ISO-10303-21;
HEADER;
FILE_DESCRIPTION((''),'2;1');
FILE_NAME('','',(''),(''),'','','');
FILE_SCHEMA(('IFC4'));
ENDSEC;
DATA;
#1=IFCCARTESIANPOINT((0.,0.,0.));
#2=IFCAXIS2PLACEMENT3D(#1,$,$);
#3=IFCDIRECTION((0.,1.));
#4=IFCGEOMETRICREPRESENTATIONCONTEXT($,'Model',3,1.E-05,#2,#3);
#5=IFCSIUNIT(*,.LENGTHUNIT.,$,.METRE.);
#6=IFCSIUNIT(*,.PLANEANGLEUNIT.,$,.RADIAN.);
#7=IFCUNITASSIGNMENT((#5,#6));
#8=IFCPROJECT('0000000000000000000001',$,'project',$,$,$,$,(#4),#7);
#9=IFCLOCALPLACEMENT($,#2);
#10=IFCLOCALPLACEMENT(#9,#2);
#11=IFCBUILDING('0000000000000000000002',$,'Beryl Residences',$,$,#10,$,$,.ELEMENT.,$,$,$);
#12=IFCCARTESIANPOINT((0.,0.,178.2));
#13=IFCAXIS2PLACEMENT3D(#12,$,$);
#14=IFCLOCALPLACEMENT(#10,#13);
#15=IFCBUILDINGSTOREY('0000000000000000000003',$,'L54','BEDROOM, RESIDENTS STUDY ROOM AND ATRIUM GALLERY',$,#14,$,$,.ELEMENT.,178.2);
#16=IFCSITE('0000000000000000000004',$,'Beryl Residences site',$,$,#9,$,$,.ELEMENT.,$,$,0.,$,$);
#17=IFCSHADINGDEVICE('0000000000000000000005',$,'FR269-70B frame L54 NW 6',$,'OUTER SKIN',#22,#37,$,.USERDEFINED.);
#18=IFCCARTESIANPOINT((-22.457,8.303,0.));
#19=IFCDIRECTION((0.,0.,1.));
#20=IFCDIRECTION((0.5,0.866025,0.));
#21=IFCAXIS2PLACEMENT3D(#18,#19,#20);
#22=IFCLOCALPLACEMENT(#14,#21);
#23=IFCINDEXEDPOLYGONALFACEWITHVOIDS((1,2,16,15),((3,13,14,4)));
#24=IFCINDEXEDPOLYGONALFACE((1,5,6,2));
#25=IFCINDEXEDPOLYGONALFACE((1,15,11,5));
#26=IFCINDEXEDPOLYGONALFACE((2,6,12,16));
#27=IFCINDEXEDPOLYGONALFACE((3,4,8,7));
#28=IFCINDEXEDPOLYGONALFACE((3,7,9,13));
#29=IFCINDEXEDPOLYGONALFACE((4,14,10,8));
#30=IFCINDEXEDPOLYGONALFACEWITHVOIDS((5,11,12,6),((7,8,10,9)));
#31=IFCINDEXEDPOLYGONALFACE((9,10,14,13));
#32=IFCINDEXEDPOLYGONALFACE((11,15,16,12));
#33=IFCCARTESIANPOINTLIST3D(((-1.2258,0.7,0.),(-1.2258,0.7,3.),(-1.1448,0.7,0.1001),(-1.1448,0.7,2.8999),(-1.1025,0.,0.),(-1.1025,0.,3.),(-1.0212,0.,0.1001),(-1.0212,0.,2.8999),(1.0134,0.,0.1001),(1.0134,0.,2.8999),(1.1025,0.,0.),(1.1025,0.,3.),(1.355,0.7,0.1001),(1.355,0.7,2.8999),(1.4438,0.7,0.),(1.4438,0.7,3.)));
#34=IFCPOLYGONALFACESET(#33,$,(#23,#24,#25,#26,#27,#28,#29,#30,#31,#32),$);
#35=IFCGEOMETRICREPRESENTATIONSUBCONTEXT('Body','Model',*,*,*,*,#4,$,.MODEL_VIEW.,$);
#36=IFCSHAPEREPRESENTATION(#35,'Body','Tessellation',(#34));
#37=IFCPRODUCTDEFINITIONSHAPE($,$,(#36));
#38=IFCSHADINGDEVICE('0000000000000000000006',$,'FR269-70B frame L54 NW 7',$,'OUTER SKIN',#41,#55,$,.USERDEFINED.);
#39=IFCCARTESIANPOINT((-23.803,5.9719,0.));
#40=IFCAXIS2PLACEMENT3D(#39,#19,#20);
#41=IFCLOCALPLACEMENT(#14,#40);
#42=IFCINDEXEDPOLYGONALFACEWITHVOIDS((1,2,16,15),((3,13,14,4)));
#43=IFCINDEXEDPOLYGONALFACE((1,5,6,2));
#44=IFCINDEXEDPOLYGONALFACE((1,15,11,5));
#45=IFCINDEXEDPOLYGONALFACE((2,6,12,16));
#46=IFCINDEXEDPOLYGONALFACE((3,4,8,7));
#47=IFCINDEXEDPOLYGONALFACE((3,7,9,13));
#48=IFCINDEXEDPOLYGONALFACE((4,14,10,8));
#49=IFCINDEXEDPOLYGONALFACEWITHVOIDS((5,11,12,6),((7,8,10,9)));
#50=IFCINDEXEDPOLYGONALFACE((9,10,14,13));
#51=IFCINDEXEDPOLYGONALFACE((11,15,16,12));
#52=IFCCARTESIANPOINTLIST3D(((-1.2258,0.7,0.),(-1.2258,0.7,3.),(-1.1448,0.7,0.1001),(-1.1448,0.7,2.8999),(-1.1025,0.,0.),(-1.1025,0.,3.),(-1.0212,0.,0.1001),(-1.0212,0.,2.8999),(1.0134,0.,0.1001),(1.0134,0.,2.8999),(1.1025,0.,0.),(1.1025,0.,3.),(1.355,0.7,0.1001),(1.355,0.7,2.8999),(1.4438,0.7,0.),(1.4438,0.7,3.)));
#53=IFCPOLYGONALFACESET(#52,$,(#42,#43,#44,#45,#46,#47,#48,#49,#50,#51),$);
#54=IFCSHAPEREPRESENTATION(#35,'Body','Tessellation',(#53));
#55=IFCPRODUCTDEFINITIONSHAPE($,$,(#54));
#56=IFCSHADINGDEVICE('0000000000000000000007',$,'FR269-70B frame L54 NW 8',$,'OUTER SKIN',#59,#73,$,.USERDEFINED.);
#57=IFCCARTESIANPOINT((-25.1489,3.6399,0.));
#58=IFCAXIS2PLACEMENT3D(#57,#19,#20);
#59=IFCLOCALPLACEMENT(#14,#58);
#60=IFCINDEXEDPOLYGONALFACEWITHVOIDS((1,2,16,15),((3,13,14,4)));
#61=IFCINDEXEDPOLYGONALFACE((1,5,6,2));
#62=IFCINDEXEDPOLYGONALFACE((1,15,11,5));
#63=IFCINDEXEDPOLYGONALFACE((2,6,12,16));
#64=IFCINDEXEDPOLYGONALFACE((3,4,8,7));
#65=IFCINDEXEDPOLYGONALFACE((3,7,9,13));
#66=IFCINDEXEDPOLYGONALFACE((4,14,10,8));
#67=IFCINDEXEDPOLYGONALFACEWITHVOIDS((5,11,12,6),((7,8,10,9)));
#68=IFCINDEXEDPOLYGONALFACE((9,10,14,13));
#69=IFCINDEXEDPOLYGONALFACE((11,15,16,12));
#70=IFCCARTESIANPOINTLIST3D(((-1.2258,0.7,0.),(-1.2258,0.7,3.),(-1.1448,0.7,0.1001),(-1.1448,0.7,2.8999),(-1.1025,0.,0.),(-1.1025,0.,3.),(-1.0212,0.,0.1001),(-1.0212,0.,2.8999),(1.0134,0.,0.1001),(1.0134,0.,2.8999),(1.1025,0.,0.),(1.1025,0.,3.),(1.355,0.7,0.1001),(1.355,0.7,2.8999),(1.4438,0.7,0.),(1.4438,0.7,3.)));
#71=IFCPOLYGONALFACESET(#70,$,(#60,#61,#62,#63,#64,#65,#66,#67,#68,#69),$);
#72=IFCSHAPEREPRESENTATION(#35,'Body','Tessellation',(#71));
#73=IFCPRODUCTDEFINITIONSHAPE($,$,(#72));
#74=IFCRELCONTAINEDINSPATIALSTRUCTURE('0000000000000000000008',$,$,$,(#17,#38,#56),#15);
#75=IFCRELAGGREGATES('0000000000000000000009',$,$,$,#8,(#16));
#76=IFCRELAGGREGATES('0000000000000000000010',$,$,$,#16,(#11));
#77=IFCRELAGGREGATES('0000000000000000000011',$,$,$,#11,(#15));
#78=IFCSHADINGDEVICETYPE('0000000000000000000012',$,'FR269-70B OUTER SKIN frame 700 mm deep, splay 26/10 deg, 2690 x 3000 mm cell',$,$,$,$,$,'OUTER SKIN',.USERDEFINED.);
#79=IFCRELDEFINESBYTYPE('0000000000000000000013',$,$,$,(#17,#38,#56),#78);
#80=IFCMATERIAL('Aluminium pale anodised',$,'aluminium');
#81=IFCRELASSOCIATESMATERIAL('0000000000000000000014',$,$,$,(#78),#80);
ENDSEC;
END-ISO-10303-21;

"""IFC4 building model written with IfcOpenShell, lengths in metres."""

from ifc_helpers import new_model, entity, si_unit, direction, frame, origin, place, context, subcontext, project, spatial, source, transform, mapped, material, type_object, type_shapes, element, save


model = new_model("IFC4")

# Units and contexts
model_context = context("Model", 3, precision=1e-05, world=origin(), true_north=direction((0.0, 1.0)))
body_context = subcontext(model_context, "Body", "Model", "MODEL_VIEW")
ifc_project = project(units=[si_unit("LENGTHUNIT", "METRE"), si_unit("PLANEANGLEUNIT", "RADIAN")], contexts=[model_context])

# Site, building, storey
site_placement = place(None, origin())
site = spatial("IfcSite", under=ifc_project, at=site_placement, Name="Beryl Residences site", CompositionType="ELEMENT", RefElevation=0.0)
building_placement = place(site_placement, origin())
building = spatial("IfcBuilding", under=site, at=building_placement, Name="Beryl Residences", CompositionType="ELEMENT")
storey_placement = place(building_placement, frame((0.0, 0.0, 178.2)))
storey = spatial("IfcBuildingStorey", under=building, at=storey_placement, Name="L54", Description="BEDROOM, RESIDENTS STUDY ROOM AND ATRIUM GALLERY", CompositionType="ELEMENT", Elevation=178.2)

# Shading devices
ifc_material_1 = material(Name="Aluminium pale anodised", Category="aluminium")
shading_device_type = type_object("IfcShadingDeviceType", Name="FR269-70B OUTER SKIN frame 700 mm deep, splay 26/10 deg, 2690 x 3000 mm cell", ElementType="OUTER SKIN", PredefinedType="USERDEFINED", material=ifc_material_1)
cartesian_point_1 = entity("IfcCartesianPoint", [-1.1025, 0.0])
cartesian_point_2 = entity("IfcCartesianPoint", [-1.0134, 0.1001])
cartesian_point_3 = entity("IfcCartesianPoint", [-1.4438, 0.0])
cartesian_point_4 = entity("IfcCartesianPoint", [-1.355, 0.1001])
shared_shape = source(origin(), body_context, "Body", "SweptSolid", [
    entity("IfcExtrudedAreaSolidTapered", entity("IfcArbitraryProfileDefWithVoids", "AREA", None, entity("IfcPolyline", [cartesian_point_1, entity("IfcCartesianPoint", [1.1025, 0.0]), entity("IfcCartesianPoint", [1.1025, 3.0]), entity("IfcCartesianPoint", [-1.1025, 3.0]), cartesian_point_1]), [entity("IfcPolyline", [cartesian_point_2, entity("IfcCartesianPoint", [1.0212, 0.1001]), entity("IfcCartesianPoint", [1.0212, 2.8999]), entity("IfcCartesianPoint", [-1.0134, 2.8999]), cartesian_point_2])]), entity("IfcAxis2Placement3D", entity("IfcCartesianPoint", [0.0, 0.0, 0.0]), entity("IfcDirection", [0.0, 1.0, 0.0]), entity("IfcDirection", [-1.0, 0.0, 0.0])), entity("IfcDirection", [0.0, 0.0, 1.0]), 0.7, entity("IfcArbitraryProfileDefWithVoids", "AREA", None, entity("IfcPolyline", [cartesian_point_3, entity("IfcCartesianPoint", [1.2258, 0.0]), entity("IfcCartesianPoint", [1.2258, 3.0]), entity("IfcCartesianPoint", [-1.4438, 3.0]), cartesian_point_3]), [entity("IfcPolyline", [cartesian_point_4, entity("IfcCartesianPoint", [1.1448, 0.1001]), entity("IfcCartesianPoint", [1.1448, 2.8999]), entity("IfcCartesianPoint", [-1.355, 2.8999]), cartesian_point_4])])),
])
type_shapes(shading_device_type, [shared_shape])
for number, where, z_axis, x_axis, name in (
    (1, (-22.457, 8.303, 0.0), (0.0, 0.0, 1.0), (0.5, 0.866025, 0.0), "FR269-70B frame L54 NW 6"),
    (2, (-23.803, 5.9719, 0.0), (0.0, 0.0, 1.0), (0.5, 0.866025, 0.0), "FR269-70B frame L54 NW 7"),
    (3, (-25.1489, 3.6399, 0.0), (0.0, 0.0, 1.0), (0.5, 0.866025, 0.0), "FR269-70B frame L54 NW 8"),
):
    element("IfcShadingDevice", number, at=place(storey_placement, frame(where, z_axis=z_axis, x_axis=x_axis)), inside=storey, type_object=shading_device_type, Name=name, ObjectType="OUTER SKIN", PredefinedType="USERDEFINED", context=body_context, shape_type="MappedRepresentation", body=[
        mapped(shared_shape, transform((0.0, 0.0, 0.0))),
    ])

save(model, "model.ifc")
